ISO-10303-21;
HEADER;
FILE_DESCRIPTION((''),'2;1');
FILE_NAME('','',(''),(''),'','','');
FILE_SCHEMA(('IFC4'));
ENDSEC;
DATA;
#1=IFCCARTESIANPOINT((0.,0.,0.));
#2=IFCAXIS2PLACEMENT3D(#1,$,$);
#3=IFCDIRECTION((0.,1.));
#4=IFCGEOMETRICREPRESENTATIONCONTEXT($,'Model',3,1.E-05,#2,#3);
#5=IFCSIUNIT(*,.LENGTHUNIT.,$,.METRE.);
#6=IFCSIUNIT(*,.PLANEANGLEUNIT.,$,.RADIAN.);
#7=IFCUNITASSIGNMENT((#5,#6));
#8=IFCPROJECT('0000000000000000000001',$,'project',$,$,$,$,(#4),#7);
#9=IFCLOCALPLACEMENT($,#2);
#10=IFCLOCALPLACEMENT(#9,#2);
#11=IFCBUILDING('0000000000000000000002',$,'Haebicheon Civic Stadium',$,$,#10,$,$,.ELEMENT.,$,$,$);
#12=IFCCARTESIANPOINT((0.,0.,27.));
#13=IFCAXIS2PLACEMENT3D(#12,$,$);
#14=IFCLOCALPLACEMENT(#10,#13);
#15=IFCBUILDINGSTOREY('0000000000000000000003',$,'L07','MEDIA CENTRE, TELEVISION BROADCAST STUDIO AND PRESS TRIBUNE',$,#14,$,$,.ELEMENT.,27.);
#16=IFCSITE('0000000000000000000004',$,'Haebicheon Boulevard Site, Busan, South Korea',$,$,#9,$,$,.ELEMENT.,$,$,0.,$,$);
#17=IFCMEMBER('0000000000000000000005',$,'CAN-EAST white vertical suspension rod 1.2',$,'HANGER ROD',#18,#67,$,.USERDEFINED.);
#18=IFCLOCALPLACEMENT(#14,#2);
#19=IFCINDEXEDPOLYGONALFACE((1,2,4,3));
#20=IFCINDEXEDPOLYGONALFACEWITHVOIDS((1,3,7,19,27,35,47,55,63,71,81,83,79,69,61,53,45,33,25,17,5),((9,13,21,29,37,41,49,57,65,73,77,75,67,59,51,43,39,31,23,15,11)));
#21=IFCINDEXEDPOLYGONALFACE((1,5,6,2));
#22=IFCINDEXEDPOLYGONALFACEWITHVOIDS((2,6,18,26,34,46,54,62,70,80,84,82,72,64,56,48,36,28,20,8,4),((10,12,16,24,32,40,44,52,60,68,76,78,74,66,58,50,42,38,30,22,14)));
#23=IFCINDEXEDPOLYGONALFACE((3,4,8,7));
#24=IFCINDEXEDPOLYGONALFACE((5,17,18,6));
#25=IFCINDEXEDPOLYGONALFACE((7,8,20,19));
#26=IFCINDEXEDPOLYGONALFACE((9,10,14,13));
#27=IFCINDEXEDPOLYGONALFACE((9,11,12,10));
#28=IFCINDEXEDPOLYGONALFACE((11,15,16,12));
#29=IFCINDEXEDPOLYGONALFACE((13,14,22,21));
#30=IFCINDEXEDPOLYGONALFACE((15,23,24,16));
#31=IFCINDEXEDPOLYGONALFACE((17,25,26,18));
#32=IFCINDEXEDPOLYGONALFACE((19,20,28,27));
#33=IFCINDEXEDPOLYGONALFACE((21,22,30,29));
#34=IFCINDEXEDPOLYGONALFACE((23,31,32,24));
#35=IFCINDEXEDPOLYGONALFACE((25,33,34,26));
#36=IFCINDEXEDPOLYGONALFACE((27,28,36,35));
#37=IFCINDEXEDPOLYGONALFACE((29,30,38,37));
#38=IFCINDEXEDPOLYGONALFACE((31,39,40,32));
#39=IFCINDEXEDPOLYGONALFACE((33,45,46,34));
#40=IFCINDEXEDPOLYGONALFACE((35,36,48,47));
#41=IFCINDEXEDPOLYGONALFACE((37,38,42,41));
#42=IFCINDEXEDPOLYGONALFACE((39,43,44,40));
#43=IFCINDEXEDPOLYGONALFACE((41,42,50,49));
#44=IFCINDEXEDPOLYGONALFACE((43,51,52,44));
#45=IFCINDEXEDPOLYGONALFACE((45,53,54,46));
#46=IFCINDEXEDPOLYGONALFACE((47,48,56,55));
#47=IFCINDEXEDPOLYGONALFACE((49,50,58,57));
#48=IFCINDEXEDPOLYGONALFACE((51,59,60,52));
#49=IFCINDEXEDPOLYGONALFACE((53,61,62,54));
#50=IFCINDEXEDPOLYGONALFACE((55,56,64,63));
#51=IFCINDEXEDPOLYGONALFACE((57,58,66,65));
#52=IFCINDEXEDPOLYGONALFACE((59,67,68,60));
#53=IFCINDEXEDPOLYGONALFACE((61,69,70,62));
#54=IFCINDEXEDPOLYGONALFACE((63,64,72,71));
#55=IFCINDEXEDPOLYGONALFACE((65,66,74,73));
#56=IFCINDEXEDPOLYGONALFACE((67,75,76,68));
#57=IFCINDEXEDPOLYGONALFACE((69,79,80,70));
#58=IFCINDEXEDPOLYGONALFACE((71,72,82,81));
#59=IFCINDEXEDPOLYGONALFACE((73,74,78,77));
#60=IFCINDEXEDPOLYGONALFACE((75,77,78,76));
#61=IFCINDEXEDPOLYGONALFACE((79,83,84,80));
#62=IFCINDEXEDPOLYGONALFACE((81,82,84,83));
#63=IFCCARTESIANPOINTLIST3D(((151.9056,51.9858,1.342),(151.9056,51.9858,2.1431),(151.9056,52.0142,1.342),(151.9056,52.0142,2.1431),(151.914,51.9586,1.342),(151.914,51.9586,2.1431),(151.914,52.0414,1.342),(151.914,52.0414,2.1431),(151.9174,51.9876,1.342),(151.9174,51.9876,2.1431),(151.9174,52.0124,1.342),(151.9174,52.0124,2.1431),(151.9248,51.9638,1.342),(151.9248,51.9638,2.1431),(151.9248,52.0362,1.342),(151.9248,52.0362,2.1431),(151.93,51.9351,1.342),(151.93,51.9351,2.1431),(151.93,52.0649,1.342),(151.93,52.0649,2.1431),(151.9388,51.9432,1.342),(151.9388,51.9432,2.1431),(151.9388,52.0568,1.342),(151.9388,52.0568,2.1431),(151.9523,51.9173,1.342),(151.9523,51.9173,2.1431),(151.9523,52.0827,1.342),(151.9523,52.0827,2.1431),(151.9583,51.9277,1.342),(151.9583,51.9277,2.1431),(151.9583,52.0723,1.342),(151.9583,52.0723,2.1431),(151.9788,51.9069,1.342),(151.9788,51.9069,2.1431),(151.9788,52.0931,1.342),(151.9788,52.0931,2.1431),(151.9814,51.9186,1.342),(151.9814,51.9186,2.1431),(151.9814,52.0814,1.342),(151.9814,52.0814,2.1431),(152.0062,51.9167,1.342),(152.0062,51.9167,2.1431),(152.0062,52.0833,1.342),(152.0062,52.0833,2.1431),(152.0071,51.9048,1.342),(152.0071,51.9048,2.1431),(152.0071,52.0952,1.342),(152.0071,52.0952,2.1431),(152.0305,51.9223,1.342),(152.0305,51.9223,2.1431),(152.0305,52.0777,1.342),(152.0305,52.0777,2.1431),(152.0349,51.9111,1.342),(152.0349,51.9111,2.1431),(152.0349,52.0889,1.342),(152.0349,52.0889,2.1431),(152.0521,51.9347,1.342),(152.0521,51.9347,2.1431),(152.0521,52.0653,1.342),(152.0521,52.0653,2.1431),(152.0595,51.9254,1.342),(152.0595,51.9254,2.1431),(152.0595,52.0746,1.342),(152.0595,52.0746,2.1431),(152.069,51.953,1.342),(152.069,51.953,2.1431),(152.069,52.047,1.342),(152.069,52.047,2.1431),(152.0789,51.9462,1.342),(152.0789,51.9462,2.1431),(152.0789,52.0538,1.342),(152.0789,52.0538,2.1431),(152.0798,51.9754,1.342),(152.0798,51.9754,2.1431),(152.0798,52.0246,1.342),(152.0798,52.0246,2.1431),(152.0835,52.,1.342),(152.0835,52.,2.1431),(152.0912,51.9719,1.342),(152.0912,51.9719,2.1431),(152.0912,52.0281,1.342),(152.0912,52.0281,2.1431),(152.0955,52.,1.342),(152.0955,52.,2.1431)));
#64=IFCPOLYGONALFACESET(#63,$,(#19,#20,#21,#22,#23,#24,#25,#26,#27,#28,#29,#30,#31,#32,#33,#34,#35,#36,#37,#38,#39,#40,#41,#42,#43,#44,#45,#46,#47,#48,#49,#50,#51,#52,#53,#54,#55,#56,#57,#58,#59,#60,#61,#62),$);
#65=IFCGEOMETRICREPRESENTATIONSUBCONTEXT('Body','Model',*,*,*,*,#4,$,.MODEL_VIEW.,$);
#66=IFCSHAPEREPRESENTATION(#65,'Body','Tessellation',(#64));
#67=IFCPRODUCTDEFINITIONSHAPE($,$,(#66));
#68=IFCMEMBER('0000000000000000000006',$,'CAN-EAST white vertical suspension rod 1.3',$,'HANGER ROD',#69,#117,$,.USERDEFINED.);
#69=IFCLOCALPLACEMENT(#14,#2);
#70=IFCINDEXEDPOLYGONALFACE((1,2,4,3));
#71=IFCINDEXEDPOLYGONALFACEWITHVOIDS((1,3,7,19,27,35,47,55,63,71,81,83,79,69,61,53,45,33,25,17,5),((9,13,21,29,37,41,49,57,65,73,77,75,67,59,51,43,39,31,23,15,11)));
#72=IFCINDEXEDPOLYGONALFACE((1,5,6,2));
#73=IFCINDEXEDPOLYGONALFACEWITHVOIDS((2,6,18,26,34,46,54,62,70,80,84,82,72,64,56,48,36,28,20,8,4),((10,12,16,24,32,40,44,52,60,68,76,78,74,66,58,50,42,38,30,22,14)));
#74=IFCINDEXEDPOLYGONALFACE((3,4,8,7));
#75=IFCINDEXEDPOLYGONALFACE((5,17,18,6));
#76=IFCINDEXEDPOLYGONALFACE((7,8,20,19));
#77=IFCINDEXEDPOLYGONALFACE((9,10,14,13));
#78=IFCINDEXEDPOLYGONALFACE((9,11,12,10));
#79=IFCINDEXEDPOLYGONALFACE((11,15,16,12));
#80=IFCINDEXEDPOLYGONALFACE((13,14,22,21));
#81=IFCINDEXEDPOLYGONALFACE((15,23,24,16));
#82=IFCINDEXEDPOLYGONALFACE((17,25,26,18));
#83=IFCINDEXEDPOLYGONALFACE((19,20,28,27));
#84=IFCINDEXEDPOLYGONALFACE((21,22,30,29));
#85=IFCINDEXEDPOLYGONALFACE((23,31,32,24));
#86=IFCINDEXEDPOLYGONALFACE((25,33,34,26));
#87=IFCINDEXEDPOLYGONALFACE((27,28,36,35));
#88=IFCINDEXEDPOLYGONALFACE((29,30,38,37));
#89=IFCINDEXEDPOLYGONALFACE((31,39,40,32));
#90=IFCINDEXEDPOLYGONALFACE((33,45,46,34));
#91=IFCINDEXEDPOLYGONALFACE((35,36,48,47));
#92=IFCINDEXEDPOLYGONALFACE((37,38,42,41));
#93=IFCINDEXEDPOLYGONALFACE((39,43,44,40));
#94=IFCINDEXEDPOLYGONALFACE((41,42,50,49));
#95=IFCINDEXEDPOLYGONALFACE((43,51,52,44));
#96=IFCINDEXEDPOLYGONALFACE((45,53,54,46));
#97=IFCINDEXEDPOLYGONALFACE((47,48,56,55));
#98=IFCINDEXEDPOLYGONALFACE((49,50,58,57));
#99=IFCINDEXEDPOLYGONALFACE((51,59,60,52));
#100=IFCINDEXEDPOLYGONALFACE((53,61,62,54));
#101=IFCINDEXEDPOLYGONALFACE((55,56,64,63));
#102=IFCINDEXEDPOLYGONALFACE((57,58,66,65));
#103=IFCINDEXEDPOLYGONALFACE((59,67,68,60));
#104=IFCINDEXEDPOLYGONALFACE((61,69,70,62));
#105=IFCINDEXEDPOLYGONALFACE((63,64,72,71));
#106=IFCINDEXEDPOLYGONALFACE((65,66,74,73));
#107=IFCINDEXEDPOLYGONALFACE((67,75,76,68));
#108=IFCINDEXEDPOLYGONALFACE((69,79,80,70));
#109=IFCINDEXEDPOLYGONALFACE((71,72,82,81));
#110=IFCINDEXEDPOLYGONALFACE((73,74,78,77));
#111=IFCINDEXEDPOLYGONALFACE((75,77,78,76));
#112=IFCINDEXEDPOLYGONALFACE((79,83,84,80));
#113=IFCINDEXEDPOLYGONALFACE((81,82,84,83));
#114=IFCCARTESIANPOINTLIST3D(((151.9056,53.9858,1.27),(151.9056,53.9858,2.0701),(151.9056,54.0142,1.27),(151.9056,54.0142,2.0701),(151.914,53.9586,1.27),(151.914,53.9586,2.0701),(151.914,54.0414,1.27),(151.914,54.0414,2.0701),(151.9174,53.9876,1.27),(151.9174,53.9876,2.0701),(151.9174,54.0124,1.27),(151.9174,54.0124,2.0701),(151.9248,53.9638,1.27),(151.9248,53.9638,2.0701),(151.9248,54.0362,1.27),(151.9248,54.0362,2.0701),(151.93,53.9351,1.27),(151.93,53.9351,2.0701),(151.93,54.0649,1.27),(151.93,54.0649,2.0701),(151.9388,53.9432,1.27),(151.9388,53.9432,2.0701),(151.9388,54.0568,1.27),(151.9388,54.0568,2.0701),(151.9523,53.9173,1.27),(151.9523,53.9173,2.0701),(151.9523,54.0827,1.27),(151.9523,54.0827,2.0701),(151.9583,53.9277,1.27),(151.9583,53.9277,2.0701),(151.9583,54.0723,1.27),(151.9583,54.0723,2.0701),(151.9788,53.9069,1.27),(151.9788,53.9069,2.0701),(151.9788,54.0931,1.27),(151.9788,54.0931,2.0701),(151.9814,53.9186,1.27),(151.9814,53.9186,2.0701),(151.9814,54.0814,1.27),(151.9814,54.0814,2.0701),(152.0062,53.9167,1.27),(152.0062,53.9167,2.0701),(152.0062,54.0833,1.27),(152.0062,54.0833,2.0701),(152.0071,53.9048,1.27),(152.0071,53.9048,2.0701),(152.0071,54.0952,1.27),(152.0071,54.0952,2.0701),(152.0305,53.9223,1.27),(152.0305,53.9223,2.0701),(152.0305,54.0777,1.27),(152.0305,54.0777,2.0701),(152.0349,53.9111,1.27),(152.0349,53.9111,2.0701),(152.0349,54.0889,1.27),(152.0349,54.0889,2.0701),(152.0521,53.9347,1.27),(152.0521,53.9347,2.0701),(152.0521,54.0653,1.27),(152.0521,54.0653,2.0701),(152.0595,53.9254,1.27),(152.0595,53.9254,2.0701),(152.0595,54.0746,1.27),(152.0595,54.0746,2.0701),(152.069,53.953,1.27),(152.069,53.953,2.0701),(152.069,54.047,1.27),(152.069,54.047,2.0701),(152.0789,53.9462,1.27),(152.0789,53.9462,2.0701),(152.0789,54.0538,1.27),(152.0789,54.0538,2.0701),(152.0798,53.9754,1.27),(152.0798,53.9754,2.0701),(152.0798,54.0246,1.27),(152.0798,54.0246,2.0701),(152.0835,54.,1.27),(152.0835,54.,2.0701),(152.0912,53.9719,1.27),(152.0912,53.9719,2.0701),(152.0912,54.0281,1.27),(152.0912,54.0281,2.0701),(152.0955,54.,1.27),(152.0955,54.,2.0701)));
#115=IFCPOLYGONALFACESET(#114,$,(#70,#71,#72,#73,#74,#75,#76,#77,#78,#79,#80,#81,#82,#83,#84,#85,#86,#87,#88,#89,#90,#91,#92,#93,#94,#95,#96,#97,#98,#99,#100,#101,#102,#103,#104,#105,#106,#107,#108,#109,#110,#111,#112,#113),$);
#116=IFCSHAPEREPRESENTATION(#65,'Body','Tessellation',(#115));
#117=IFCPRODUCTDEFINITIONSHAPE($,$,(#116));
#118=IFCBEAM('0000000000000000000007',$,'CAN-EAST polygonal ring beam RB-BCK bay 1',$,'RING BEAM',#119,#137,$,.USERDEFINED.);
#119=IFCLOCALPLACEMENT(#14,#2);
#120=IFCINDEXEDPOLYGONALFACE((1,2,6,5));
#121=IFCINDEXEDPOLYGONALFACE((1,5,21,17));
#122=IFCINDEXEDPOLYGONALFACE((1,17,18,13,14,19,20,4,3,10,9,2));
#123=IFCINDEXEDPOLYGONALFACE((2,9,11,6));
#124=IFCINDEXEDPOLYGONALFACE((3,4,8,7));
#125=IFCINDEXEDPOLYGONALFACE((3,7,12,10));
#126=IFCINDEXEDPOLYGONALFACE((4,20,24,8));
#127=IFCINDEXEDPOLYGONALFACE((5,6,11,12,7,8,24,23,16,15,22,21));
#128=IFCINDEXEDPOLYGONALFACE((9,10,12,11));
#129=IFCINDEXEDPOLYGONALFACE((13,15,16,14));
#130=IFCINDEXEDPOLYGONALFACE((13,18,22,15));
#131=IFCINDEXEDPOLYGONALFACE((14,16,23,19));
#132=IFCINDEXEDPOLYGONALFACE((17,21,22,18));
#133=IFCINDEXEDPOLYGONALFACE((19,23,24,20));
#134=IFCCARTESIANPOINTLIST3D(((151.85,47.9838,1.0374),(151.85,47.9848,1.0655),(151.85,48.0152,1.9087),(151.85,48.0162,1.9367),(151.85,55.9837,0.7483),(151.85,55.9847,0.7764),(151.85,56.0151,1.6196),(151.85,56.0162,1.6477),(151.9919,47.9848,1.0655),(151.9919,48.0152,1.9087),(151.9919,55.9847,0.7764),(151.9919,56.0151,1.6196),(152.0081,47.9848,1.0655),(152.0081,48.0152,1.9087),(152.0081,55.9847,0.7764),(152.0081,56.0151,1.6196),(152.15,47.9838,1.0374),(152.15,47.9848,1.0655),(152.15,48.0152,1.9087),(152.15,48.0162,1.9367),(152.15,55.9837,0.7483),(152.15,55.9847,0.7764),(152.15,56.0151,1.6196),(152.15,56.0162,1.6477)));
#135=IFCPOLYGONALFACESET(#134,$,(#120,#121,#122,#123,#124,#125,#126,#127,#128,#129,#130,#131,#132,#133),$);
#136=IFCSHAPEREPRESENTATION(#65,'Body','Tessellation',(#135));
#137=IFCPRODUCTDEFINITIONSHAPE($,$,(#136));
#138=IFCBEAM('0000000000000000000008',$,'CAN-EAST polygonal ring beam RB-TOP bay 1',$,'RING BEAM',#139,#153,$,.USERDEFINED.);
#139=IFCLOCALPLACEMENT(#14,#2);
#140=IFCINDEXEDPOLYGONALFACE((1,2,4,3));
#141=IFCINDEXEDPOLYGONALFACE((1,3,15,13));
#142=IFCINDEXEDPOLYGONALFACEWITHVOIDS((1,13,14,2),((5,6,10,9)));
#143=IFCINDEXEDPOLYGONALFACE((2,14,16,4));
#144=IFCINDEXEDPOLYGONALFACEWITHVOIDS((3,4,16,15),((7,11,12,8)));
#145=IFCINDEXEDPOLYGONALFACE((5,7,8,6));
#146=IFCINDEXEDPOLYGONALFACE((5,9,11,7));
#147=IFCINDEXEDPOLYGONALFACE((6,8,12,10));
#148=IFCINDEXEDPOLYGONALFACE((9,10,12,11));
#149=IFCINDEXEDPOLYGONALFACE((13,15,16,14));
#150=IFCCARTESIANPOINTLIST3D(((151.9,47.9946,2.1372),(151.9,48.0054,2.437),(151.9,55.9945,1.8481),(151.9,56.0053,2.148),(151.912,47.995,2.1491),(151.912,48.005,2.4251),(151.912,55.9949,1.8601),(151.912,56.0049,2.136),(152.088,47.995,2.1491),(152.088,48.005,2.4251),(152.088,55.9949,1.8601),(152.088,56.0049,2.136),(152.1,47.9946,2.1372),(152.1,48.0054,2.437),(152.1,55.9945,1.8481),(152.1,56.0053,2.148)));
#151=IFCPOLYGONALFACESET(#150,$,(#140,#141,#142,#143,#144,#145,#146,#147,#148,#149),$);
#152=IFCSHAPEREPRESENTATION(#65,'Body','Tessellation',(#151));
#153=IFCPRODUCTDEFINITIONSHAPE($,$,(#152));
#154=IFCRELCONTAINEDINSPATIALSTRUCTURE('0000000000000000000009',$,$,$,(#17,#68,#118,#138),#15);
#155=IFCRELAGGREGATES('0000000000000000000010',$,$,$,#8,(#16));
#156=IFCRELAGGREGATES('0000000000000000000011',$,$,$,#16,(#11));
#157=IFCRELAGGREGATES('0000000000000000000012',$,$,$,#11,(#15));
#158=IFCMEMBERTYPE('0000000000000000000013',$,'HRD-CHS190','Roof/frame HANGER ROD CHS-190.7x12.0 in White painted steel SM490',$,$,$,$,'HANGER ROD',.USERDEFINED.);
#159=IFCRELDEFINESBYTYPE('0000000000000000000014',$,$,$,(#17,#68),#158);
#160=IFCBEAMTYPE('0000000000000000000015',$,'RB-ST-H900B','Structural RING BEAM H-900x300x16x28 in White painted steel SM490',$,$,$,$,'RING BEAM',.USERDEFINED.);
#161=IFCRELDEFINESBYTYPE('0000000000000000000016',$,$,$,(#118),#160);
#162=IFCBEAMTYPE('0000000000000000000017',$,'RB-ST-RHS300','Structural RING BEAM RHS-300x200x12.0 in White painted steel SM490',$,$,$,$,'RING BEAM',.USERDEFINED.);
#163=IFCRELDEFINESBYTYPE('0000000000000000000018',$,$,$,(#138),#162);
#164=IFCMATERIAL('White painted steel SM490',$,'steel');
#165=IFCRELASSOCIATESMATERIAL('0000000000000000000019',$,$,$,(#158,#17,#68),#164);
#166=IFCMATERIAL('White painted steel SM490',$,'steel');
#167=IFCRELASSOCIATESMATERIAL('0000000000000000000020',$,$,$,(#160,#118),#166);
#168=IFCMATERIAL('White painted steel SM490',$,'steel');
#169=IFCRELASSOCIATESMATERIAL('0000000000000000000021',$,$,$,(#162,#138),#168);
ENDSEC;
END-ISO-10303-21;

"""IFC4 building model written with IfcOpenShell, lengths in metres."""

from ifc_helpers import new_model, si_unit, direction, frame, origin, origin_2d, place, context, subcontext, project, spatial, hollow_rectangle, hollow_circle, i_section, extrude, material, material_profile, profile_set, type_object, element, save


model = new_model("IFC4")

# Units and contexts
model_context = context("Model", 3, precision=1e-05, world=origin(), true_north=direction((0.0, 1.0)))
body_context = subcontext(model_context, "Body", "Model", "MODEL_VIEW")
ifc_project = project(units=[si_unit("LENGTHUNIT", "METRE"), si_unit("PLANEANGLEUNIT", "RADIAN")], contexts=[model_context])

# Site, building, storey
site_placement = place(None, origin())
site = spatial("IfcSite", under=ifc_project, at=site_placement, Name="Haebicheon Boulevard Site, Busan, South Korea", CompositionType="ELEMENT", RefElevation=0.0)
building_placement = place(site_placement, origin())
building = spatial("IfcBuilding", under=site, at=building_placement, Name="Haebicheon Civic Stadium", CompositionType="ELEMENT")
storey_placement = place(building_placement, frame((0.0, 0.0, 27.0)))
storey = spatial("IfcBuildingStorey", under=building, at=storey_placement, Name="L07", Description="MEDIA CENTRE, TELEVISION BROADCAST STUDIO AND PRESS TRIBUNE", CompositionType="ELEMENT", Elevation=27.0)

# Members
ifc_material_1 = material(Name="White painted steel SM490", Category="steel")
ifc_material_profile_1 = material_profile(ifc_material_1, hollow_circle(Radius=0.0955, WallThickness=0.012, at=origin_2d()), Name="CHS-190.7x12.0")
ifc_profile_set_1 = profile_set([ifc_material_profile_1], Name="White painted steel SM490")
member_type_1 = type_object("IfcMemberType", Name="HRD-CHS190", Description="Roof/frame HANGER ROD CHS-190.7x12.0 in White painted steel SM490", ElementType="HANGER ROD", PredefinedType="USERDEFINED", material=ifc_profile_set_1)
member_1_placement = place(storey_placement, frame((152.0, 52.0, 1.342), z_axis=(0.0, 0.0, 1.0), x_axis=(1.0, 0.0, 0.0)))
element("IfcMember", 1, at=member_1_placement, inside=storey, type_object=member_type_1, material=ifc_profile_set_1, Name="CAN-EAST white vertical suspension rod 1.2", ObjectType="HANGER ROD", PredefinedType="USERDEFINED", context=body_context, shape_type="SweptSolid", body=[
    extrude(hollow_circle(Radius=0.0955, WallThickness=0.012, at=origin_2d()), origin(), (0.0, 0.0, 1.0), 0.801),
])
member_2_placement = place(storey_placement, frame((152.0, 54.0, 1.27), z_axis=(0.0, 0.0, 1.0), x_axis=(1.0, 0.0, 0.0)))
element("IfcMember", 2, at=member_2_placement, inside=storey, type_object=member_type_1, material=ifc_profile_set_1, Name="CAN-EAST white vertical suspension rod 1.3", ObjectType="HANGER ROD", PredefinedType="USERDEFINED", context=body_context, shape_type="SweptSolid", body=[
    extrude(hollow_circle(Radius=0.0955, WallThickness=0.012, at=origin_2d()), origin(), (0.0, 0.0, 1.0), 0.8),
])

# Beams
ifc_material_2 = material(Name="White painted steel SM490", Category="steel")
ifc_material_profile_2 = material_profile(ifc_material_2, i_section(OverallWidth=0.3, OverallDepth=0.8999, WebThickness=0.0161, FlangeThickness=0.0281, at=origin_2d()), Name="H-900x300x16x28")
ifc_profile_set_2 = profile_set([ifc_material_profile_2], Name="White painted steel SM490")
beam_type_1 = type_object("IfcBeamType", Name="RB-ST-H900B", Description="Structural RING BEAM H-900x300x16x28 in White painted steel SM490", ElementType="RING BEAM", PredefinedType="USERDEFINED", material=ifc_profile_set_2)
beam_1_placement = place(storey_placement, frame((152.0, 48.0, 1.4871), z_axis=(0.0, 0.999348, -0.036109), x_axis=(-1.0, 0.0, 0.0)))
element("IfcBeam", 3, at=beam_1_placement, inside=storey, type_object=beam_type_1, material=ifc_profile_set_2, Name="CAN-EAST polygonal ring beam RB-BCK bay 1", ObjectType="RING BEAM", PredefinedType="USERDEFINED", context=body_context, shape_type="SweptSolid", body=[
    extrude(i_section(OverallWidth=0.3, OverallDepth=0.8999, WebThickness=0.0161, FlangeThickness=0.0281, at=origin_2d()), origin(), (0.0, 0.0, 1.0), 8.0051),
])
ifc_material_3 = material(Name="White painted steel SM490", Category="steel")
ifc_material_profile_3 = material_profile(ifc_material_3, hollow_rectangle(XDim=0.2, YDim=0.3, WallThickness=0.012, at=origin_2d()), Name="RHS-300x200x12.0")
ifc_profile_set_3 = profile_set([ifc_material_profile_3], Name="White painted steel SM490")
beam_type_2 = type_object("IfcBeamType", Name="RB-ST-RHS300", Description="Structural RING BEAM RHS-300x200x12.0 in White painted steel SM490", ElementType="RING BEAM", PredefinedType="USERDEFINED", material=ifc_profile_set_3)
beam_2_placement = place(storey_placement, frame((152.0, 48.0, 2.2871), z_axis=(0.0, 0.999348, -0.036109), x_axis=(-1.0, 0.0, 0.0)))
element("IfcBeam", 4, at=beam_2_placement, inside=storey, type_object=beam_type_2, material=ifc_profile_set_3, Name="CAN-EAST polygonal ring beam RB-TOP bay 1", ObjectType="RING BEAM", PredefinedType="USERDEFINED", context=body_context, shape_type="SweptSolid", body=[
    extrude(hollow_rectangle(XDim=0.2, YDim=0.3, WallThickness=0.012, at=origin_2d()), origin(), (0.0, 0.0, 1.0), 8.0051),
])

save(model, "model.ifc")
